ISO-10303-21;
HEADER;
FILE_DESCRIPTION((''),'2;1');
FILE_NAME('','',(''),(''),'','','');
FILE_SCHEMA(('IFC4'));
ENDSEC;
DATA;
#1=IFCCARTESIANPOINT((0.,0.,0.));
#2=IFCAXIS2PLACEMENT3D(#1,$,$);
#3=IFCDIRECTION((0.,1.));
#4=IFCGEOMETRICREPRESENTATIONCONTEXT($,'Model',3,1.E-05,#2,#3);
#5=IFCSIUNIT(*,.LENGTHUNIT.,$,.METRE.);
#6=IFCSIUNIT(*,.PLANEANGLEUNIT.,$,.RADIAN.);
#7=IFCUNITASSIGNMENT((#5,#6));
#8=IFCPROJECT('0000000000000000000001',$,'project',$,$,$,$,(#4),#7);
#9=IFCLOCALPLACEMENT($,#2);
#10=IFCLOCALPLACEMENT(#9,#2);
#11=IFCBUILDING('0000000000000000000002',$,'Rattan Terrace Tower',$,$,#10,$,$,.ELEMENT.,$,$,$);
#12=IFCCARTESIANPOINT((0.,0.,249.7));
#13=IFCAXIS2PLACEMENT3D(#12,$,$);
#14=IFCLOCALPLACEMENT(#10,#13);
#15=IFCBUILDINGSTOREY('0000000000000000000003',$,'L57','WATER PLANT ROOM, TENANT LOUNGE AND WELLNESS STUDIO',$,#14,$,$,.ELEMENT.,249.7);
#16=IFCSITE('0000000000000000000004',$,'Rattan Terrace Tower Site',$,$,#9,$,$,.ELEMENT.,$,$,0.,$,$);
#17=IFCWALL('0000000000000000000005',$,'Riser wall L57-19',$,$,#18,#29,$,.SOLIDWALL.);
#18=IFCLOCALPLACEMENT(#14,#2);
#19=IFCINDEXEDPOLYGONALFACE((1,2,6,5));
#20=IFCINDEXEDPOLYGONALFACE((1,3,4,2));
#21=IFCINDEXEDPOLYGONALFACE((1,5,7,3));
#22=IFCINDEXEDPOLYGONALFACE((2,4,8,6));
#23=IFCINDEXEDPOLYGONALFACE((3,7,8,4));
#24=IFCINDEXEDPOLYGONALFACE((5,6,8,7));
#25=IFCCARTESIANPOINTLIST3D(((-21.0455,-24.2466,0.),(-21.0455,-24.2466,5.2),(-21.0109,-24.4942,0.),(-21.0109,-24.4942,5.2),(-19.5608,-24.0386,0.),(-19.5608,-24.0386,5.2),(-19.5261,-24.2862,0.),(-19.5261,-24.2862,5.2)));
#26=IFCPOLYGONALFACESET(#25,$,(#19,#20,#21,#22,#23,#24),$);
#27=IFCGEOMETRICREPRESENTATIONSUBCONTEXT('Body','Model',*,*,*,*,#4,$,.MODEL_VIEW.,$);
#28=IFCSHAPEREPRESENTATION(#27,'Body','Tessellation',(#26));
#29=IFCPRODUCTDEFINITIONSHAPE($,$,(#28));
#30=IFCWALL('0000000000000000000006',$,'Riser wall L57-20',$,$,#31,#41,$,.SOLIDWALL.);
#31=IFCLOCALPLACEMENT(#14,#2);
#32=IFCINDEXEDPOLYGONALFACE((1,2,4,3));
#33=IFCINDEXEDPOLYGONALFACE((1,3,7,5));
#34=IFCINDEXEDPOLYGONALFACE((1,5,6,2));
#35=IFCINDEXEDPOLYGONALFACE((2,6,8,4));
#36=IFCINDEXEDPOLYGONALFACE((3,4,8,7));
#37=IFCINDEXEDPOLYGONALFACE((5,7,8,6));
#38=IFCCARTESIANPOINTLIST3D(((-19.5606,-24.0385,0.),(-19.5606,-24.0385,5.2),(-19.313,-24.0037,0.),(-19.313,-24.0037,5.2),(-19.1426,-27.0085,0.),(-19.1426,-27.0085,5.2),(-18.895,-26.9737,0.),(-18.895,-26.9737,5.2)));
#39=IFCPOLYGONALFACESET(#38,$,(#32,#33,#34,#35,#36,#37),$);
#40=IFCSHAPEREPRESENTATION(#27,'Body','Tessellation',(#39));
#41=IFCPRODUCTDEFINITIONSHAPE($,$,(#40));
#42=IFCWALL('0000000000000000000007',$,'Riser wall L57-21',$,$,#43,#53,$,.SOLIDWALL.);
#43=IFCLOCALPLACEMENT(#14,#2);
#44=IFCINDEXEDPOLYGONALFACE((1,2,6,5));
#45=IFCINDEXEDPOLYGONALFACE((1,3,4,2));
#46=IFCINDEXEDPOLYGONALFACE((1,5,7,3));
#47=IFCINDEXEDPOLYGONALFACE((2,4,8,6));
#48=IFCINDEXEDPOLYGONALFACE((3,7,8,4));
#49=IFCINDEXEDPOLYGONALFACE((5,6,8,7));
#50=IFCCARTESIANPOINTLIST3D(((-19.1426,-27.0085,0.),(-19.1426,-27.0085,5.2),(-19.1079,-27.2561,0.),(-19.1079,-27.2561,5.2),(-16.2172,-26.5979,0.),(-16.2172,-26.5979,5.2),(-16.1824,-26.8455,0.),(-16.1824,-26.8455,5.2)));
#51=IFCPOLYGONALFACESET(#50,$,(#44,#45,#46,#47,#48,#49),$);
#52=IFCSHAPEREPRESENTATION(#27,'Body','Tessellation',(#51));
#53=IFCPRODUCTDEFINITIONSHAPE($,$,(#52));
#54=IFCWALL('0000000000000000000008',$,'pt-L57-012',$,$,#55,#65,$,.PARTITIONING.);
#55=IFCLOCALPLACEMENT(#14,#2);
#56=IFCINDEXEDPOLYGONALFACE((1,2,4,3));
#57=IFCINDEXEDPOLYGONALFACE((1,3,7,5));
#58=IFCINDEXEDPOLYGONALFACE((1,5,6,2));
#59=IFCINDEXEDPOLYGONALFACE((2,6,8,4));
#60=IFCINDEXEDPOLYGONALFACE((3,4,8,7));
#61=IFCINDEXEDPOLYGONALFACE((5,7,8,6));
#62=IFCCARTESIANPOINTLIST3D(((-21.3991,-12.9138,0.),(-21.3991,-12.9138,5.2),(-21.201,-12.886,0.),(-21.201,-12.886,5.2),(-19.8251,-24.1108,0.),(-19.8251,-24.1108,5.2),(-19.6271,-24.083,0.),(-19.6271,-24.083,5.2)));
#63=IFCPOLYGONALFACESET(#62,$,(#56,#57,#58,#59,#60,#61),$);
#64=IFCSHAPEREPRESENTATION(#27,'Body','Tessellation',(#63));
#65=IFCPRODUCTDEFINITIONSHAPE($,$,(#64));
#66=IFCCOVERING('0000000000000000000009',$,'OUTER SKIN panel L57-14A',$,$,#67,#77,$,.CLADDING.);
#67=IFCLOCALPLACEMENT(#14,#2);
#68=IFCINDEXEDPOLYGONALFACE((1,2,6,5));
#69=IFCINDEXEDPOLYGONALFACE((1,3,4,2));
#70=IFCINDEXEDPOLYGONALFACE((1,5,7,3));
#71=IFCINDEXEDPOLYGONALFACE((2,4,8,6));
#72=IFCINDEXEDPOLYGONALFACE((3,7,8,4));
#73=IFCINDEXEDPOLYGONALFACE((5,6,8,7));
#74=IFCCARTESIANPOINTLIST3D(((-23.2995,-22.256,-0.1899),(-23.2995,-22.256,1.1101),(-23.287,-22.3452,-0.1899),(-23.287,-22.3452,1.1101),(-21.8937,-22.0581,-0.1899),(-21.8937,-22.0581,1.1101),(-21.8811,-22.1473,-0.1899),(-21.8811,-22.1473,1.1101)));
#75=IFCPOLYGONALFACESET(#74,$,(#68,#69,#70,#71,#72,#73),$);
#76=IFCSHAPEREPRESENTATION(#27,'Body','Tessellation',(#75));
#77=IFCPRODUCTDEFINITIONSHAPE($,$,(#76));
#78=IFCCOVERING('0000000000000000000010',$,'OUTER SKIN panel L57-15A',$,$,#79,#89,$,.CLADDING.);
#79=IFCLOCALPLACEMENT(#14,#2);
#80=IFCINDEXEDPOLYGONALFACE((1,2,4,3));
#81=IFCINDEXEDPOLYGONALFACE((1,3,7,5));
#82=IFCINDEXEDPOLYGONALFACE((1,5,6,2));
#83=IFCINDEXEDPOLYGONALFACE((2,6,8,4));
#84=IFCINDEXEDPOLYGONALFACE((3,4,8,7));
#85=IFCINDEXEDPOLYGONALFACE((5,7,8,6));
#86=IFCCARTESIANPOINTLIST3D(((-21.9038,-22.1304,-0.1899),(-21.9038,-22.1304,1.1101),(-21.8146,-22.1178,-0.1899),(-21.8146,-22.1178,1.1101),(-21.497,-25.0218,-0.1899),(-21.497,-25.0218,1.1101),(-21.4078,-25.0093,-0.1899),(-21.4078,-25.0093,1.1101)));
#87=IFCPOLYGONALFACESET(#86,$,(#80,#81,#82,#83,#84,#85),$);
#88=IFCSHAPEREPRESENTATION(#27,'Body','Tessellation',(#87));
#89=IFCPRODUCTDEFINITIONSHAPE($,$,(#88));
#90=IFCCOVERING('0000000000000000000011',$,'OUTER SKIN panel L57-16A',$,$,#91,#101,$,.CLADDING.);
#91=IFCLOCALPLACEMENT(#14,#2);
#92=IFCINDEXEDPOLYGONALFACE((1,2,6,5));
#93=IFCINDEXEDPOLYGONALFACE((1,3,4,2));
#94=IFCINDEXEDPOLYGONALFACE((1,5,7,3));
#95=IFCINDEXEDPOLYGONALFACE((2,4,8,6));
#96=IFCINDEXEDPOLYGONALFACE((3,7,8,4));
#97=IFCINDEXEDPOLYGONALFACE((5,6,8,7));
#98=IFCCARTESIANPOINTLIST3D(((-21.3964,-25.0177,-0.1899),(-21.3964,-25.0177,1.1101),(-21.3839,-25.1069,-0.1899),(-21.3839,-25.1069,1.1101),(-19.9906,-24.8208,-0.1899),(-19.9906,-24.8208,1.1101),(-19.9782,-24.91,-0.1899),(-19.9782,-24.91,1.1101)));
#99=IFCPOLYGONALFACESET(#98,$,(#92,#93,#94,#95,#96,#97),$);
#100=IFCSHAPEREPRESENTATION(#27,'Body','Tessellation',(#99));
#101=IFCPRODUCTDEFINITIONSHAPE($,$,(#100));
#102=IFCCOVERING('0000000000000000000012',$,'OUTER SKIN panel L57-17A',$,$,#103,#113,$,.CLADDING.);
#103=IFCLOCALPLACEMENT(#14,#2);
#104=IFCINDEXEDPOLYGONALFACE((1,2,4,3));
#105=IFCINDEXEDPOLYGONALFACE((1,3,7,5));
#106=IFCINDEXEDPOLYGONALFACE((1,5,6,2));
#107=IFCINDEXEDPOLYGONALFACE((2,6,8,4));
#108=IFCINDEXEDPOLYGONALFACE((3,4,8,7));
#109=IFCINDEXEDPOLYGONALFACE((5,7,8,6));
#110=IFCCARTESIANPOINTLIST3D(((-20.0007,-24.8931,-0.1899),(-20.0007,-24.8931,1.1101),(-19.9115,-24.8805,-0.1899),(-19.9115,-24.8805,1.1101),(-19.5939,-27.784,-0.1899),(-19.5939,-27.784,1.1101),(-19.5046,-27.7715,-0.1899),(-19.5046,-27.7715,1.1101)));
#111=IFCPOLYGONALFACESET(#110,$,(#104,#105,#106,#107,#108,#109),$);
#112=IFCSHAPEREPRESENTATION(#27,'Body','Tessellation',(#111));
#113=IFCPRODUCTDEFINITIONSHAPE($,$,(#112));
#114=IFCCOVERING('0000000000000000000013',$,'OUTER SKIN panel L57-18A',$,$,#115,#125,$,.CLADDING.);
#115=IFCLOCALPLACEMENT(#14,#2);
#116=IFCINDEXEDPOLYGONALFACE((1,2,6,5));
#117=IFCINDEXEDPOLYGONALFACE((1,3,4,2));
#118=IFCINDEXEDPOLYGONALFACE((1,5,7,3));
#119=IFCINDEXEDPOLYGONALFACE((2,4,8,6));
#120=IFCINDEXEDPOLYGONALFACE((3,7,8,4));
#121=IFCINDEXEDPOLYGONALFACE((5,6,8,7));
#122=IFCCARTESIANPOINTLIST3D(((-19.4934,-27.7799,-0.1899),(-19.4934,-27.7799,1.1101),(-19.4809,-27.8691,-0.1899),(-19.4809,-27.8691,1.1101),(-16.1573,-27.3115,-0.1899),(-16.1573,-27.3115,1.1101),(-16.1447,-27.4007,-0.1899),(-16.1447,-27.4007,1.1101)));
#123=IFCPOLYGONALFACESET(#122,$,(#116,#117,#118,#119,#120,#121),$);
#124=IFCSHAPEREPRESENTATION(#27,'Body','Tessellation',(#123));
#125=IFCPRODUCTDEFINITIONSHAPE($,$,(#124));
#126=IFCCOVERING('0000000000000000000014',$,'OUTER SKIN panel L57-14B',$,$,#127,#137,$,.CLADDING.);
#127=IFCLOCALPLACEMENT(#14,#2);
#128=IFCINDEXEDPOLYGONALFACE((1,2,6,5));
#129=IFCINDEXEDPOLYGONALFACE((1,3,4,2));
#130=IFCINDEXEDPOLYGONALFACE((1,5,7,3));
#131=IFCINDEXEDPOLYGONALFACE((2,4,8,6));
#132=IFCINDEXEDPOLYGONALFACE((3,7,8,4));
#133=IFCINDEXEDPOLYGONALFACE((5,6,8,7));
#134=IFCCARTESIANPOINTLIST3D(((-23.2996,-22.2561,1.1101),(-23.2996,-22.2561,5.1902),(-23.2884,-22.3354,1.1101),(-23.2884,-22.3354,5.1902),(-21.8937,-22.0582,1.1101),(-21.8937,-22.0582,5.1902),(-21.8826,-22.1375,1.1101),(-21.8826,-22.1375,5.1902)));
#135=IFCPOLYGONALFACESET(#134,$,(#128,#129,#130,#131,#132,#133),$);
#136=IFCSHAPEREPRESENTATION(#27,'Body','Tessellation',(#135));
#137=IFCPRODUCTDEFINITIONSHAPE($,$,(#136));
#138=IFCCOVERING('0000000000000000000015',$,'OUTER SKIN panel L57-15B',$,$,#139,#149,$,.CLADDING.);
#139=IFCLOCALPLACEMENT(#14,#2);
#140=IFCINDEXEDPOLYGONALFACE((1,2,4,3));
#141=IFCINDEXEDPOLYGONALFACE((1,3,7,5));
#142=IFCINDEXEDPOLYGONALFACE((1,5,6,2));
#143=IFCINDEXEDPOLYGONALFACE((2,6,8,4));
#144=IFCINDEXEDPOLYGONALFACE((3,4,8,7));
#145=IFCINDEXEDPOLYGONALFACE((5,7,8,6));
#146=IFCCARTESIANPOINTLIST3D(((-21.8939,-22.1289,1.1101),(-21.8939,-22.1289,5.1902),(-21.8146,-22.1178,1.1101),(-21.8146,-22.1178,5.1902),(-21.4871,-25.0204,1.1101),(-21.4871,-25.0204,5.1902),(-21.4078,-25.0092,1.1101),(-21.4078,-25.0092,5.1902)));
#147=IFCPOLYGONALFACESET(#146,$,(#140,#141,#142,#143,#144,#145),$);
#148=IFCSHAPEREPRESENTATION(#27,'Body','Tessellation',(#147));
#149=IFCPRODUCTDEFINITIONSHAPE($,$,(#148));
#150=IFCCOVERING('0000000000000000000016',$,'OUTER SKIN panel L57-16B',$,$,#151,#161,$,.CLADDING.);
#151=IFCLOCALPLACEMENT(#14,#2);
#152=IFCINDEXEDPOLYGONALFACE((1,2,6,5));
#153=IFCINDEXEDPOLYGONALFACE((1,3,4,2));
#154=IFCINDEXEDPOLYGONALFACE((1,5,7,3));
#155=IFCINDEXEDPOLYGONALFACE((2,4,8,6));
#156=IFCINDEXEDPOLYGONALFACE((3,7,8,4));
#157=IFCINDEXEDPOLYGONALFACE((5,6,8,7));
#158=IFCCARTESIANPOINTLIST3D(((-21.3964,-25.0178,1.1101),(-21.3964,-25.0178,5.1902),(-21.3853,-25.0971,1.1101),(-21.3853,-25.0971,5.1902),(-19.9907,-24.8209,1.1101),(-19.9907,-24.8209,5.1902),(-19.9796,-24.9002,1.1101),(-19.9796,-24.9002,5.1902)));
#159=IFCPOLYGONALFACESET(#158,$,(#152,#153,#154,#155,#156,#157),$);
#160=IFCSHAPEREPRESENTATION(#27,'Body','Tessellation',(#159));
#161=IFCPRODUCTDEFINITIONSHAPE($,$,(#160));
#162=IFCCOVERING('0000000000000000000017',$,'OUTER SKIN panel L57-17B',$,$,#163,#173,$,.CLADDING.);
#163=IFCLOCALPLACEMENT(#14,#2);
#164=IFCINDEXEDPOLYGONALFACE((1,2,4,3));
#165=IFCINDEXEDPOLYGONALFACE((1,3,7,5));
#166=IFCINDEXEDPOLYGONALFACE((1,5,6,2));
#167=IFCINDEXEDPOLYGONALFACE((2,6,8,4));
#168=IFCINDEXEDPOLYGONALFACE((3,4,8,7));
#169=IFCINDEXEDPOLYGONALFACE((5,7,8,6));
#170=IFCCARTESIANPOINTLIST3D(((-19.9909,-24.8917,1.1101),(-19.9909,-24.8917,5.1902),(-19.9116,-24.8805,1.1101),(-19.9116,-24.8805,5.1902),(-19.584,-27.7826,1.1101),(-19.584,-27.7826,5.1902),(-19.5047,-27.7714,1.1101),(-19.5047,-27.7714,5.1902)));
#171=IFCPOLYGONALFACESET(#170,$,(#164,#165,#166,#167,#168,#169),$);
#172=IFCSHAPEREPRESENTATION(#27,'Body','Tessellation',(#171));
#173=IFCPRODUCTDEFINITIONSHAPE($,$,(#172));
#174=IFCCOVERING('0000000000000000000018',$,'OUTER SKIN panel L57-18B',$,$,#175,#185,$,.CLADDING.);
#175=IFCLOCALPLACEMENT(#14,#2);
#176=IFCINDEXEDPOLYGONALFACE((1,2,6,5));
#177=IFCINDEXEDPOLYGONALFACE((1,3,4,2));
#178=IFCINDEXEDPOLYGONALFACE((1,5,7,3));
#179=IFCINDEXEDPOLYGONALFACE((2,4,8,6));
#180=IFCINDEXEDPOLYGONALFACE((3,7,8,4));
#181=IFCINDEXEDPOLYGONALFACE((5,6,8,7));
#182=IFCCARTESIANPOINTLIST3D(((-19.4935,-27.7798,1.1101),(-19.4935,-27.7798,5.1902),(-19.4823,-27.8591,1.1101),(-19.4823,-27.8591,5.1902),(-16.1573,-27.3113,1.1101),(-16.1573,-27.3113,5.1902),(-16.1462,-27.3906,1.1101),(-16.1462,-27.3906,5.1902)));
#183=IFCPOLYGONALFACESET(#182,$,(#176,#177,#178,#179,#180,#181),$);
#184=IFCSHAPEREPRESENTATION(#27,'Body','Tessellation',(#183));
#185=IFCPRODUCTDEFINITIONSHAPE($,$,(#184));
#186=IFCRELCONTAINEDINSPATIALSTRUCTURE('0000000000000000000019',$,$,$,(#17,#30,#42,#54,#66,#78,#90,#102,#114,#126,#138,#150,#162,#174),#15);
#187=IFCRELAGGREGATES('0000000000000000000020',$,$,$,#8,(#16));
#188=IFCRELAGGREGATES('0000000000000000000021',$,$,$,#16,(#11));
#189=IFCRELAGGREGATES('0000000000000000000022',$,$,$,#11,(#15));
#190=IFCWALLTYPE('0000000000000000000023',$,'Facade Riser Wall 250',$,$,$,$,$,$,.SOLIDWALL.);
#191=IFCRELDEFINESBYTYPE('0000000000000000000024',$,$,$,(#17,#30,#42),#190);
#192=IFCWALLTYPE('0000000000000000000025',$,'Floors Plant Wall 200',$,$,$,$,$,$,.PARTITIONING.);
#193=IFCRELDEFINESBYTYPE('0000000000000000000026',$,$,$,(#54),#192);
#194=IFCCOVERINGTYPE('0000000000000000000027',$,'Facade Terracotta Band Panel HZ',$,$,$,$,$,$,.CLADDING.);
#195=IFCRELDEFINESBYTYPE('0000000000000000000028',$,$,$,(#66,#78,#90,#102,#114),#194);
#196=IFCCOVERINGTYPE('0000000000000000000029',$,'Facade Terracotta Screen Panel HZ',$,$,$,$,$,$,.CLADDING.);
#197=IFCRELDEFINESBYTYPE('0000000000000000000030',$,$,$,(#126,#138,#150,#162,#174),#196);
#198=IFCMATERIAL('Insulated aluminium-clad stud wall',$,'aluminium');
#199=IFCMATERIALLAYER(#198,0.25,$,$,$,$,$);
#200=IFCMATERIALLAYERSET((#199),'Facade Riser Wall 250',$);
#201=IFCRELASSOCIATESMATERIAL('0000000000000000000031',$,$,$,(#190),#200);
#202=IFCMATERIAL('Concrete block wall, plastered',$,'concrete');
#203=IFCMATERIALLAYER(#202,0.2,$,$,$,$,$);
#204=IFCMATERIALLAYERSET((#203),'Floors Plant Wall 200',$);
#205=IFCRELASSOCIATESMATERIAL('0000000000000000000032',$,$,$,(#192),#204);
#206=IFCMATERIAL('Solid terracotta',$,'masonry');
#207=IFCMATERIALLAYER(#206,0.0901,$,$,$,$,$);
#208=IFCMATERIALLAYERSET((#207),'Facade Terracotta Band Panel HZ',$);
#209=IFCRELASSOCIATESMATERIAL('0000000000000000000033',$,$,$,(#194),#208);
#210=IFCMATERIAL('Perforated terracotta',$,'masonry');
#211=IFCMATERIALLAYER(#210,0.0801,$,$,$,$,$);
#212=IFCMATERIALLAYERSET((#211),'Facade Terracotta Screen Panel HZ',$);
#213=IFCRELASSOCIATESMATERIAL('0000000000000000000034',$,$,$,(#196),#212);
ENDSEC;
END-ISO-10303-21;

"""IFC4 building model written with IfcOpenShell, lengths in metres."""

from ifc_helpers import new_model, si_unit, direction, frame, frame_2d, origin, origin_2d, place, context, subcontext, project, spatial, rectangle, extrude, material, layer, layer_set, type_object, element, save


model = new_model("IFC4")

# Units and contexts
model_context = context("Model", 3, precision=1e-05, world=origin(), true_north=direction((0.0, 1.0)))
body_context = subcontext(model_context, "Body", "Model", "MODEL_VIEW")
ifc_project = project(units=[si_unit("LENGTHUNIT", "METRE"), si_unit("PLANEANGLEUNIT", "RADIAN")], contexts=[model_context])

# Site, building, storey
site_placement = place(None, origin())
site = spatial("IfcSite", under=ifc_project, at=site_placement, Name="Rattan Terrace Tower Site", CompositionType="ELEMENT", RefElevation=0.0)
building_placement = place(site_placement, origin())
building = spatial("IfcBuilding", under=site, at=building_placement, Name="Rattan Terrace Tower", CompositionType="ELEMENT")
storey_placement = place(building_placement, frame((0.0, 0.0, 249.7)))
storey = spatial("IfcBuildingStorey", under=building, at=storey_placement, Name="L57", Description="WATER PLANT ROOM, TENANT LOUNGE AND WELLNESS STUDIO", CompositionType="ELEMENT", Elevation=249.7)

# Walls
ifc_material_1 = material(Name="Insulated aluminium-clad stud wall", Category="aluminium")
ifc_layer_1 = layer(ifc_material_1, 0.25)
ifc_layer_set_1 = layer_set([ifc_layer_1], Name="Facade Riser Wall 250")
wall_type_1 = type_object("IfcWallType", Name="Facade Riser Wall 250", PredefinedType="SOLIDWALL", material=ifc_layer_set_1)
wall_1_placement = place(storey_placement, frame((-21.0281, -24.3704, 0.0), z_axis=(0.0, 0.0, 1.0), x_axis=(0.99033, 0.138731, 0.0)))
element("IfcWall", 1, at=wall_1_placement, inside=storey, type_object=wall_type_1, Name="Riser wall L57-19", PredefinedType="SOLIDWALL", context=body_context, shape_type="SweptSolid", body=[
    extrude(rectangle(XDim=1.4993, YDim=0.25, at=frame_2d((0.7495, 0.0))), origin(), (0.0, 0.0, 1.0), 5.2),
])
wall_2_placement = place(storey_placement, frame((-19.4368, -24.0212, 0.0), z_axis=(0.0, 0.0, 1.0), x_axis=(0.139358, -0.990242, 0.0)))
element("IfcWall", 2, at=wall_2_placement, inside=storey, type_object=wall_type_1, Name="Riser wall L57-20", PredefinedType="SOLIDWALL", context=body_context, shape_type="SweptSolid", body=[
    extrude(rectangle(XDim=2.9993, YDim=0.25, at=frame_2d((1.4995, 0.0))), origin(), (0.0, 0.0, 1.0), 5.2),
])
wall_3_placement = place(storey_placement, frame((-19.1252, -27.1323, 0.0), z_axis=(0.0, 0.0, 1.0), x_axis=(0.990292, 0.139003, 0.0)))
element("IfcWall", 3, at=wall_3_placement, inside=storey, type_object=wall_type_1, Name="Riser wall L57-21", PredefinedType="SOLIDWALL", context=body_context, shape_type="SweptSolid", body=[
    extrude(rectangle(XDim=2.9541, YDim=0.25, at=frame_2d((1.4771, 0.0))), origin(), (0.0, 0.0, 1.0), 5.2),
])
ifc_material_2 = material(Name="Concrete block wall, plastered", Category="concrete")
ifc_layer_2 = layer(ifc_material_2, 0.2)
ifc_layer_set_2 = layer_set([ifc_layer_2], Name="Floors Plant Wall 200")
wall_type_2 = type_object("IfcWallType", Name="Floors Plant Wall 200", PredefinedType="PARTITIONING", material=ifc_layer_set_2)
wall_4_placement = place(storey_placement, frame((-19.7261, -24.0969, 0.0), z_axis=(0.0, 0.0, 1.0), x_axis=(-0.139202, 0.990264, 0.0)))
element("IfcWall", 4, at=wall_4_placement, inside=storey, type_object=wall_type_2, Name="pt-L57-012", PredefinedType="PARTITIONING", context=body_context, shape_type="SweptSolid", body=[
    extrude(rectangle(XDim=11.3071, YDim=0.2, at=frame_2d((5.6536, 0.0))), origin(), (0.0, 0.0, 1.0), 5.2),
])

# Coverings
ifc_material_3 = material(Name="Solid terracotta", Category="masonry")
ifc_layer_3 = layer(ifc_material_3, 0.0901)
ifc_layer_set_3 = layer_set([ifc_layer_3], Name="Facade Terracotta Band Panel HZ")
covering_type_1 = type_object("IfcCoveringType", Name="Facade Terracotta Band Panel HZ", PredefinedType="CLADDING", material=ifc_layer_set_3)
covering_1_placement = place(storey_placement, frame((-22.5903, -22.2017, -0.1899), z_axis=(0.0, 0.0, 1.0), x_axis=(0.990241, 0.139367, 0.0)))
element("IfcCovering", 5, at=covering_1_placement, inside=storey, type_object=covering_type_1, Name="OUTER SKIN panel L57-14A", PredefinedType="CLADDING", context=body_context, shape_type="SweptSolid", body=[
    extrude(rectangle(XDim=1.4197, YDim=0.0901, at=origin_2d()), origin(), (0.0, 0.0, 1.0), 1.3),
])
covering_2_placement = place(storey_placement, frame((-21.6558, -23.5698, -0.1899), z_axis=(0.0, 0.0, 1.0), x_axis=(0.139321, -0.990247, 0.0)))
element("IfcCovering", 6, at=covering_2_placement, inside=storey, type_object=covering_type_1, Name="OUTER SKIN panel L57-15A", PredefinedType="CLADDING", context=body_context, shape_type="SweptSolid", body=[
    extrude(rectangle(XDim=2.9199, YDim=0.0901, at=origin_2d()), origin(), (0.0, 0.0, 1.0), 1.3),
])
covering_3_placement = place(storey_placement, frame((-20.6873, -24.9639, -0.1899), z_axis=(0.0, 0.0, 1.0), x_axis=(0.990333, 0.138713, 0.0)))
element("IfcCovering", 7, at=covering_3_placement, inside=storey, type_object=covering_type_1, Name="OUTER SKIN panel L57-16A", PredefinedType="CLADDING", context=body_context, shape_type="SweptSolid", body=[
    extrude(rectangle(XDim=1.4194, YDim=0.0901, at=origin_2d()), origin(), (0.0, 0.0, 1.0), 1.3),
])
covering_4_placement = place(storey_placement, frame((-19.7527, -26.3323, -0.1899), z_axis=(0.0, 0.0, 1.0), x_axis=(0.139367, -0.990241, 0.0)))
element("IfcCovering", 8, at=covering_4_placement, inside=storey, type_object=covering_type_1, Name="OUTER SKIN panel L57-17A", PredefinedType="CLADDING", context=body_context, shape_type="SweptSolid", body=[
    extrude(rectangle(XDim=2.9194, YDim=0.0901, at=origin_2d()), origin(), (0.0, 0.0, 1.0), 1.3),
])
covering_5_placement = place(storey_placement, frame((-17.8191, -27.5903, -0.1899), z_axis=(0.0, 0.0, 1.0), x_axis=(0.990287, 0.13904, 0.0)))
element("IfcCovering", 9, at=covering_5_placement, inside=storey, type_object=covering_type_1, Name="OUTER SKIN panel L57-18A", PredefinedType="CLADDING", context=body_context, shape_type="SweptSolid", body=[
    extrude(rectangle(XDim=3.3689, YDim=0.0901, at=origin_2d()), origin(), (0.0, 0.0, 1.0), 1.3),
])
ifc_material_4 = material(Name="Perforated terracotta", Category="masonry")
ifc_layer_4 = layer(ifc_material_4, 0.0801)
ifc_layer_set_4 = layer_set([ifc_layer_4], Name="Facade Terracotta Screen Panel HZ")
covering_type_2 = type_object("IfcCoveringType", Name="Facade Terracotta Screen Panel HZ", PredefinedType="CLADDING", material=ifc_layer_set_4)
covering_6_placement = place(storey_placement, frame((-22.5911, -22.1968, 1.1101), z_axis=(0.0, 0.0, 1.0), x_axis=(0.990241, 0.139367, 0.0)))
element("IfcCovering", 10, at=covering_6_placement, inside=storey, type_object=covering_type_2, Name="OUTER SKIN panel L57-14B", PredefinedType="CLADDING", context=body_context, shape_type="SweptSolid", body=[
    extrude(rectangle(XDim=1.4197, YDim=0.0801, at=origin_2d()), origin(), (0.0, 0.0, 1.0), 4.0801),
])
covering_7_placement = place(storey_placement, frame((-21.6509, -23.5691, 1.1101), z_axis=(0.0, 0.0, 1.0), x_axis=(0.139321, -0.990247, 0.0)))
element("IfcCovering", 11, at=covering_7_placement, inside=storey, type_object=covering_type_2, Name="OUTER SKIN panel L57-15B", PredefinedType="CLADDING", context=body_context, shape_type="SweptSolid", body=[
    extrude(rectangle(XDim=2.9199, YDim=0.0801, at=origin_2d()), origin(), (0.0, 0.0, 1.0), 4.0801),
])
covering_8_placement = place(storey_placement, frame((-20.688, -24.959, 1.1101), z_axis=(0.0, 0.0, 1.0), x_axis=(0.990333, 0.138713, 0.0)))
element("IfcCovering", 12, at=covering_8_placement, inside=storey, type_object=covering_type_2, Name="OUTER SKIN panel L57-16B", PredefinedType="CLADDING", context=body_context, shape_type="SweptSolid", body=[
    extrude(rectangle(XDim=1.4194, YDim=0.0801, at=origin_2d()), origin(), (0.0, 0.0, 1.0), 4.0801),
])
covering_9_placement = place(storey_placement, frame((-19.7478, -26.3315, 1.1101), z_axis=(0.0, 0.0, 1.0), x_axis=(0.139367, -0.990241, 0.0)))
element("IfcCovering", 13, at=covering_9_placement, inside=storey, type_object=covering_type_2, Name="OUTER SKIN panel L57-17B", PredefinedType="CLADDING", context=body_context, shape_type="SweptSolid", body=[
    extrude(rectangle(XDim=2.9194, YDim=0.0801, at=origin_2d()), origin(), (0.0, 0.0, 1.0), 4.0801),
])
covering_10_placement = place(storey_placement, frame((-17.8198, -27.5852, 1.1101), z_axis=(0.0, 0.0, 1.0), x_axis=(0.990287, 0.13904, 0.0)))
element("IfcCovering", 14, at=covering_10_placement, inside=storey, type_object=covering_type_2, Name="OUTER SKIN panel L57-18B", PredefinedType="CLADDING", context=body_context, shape_type="SweptSolid", body=[
    extrude(rectangle(XDim=3.3689, YDim=0.0801, at=origin_2d()), origin(), (0.0, 0.0, 1.0), 4.0801),
])

save(model, "model.ifc")
